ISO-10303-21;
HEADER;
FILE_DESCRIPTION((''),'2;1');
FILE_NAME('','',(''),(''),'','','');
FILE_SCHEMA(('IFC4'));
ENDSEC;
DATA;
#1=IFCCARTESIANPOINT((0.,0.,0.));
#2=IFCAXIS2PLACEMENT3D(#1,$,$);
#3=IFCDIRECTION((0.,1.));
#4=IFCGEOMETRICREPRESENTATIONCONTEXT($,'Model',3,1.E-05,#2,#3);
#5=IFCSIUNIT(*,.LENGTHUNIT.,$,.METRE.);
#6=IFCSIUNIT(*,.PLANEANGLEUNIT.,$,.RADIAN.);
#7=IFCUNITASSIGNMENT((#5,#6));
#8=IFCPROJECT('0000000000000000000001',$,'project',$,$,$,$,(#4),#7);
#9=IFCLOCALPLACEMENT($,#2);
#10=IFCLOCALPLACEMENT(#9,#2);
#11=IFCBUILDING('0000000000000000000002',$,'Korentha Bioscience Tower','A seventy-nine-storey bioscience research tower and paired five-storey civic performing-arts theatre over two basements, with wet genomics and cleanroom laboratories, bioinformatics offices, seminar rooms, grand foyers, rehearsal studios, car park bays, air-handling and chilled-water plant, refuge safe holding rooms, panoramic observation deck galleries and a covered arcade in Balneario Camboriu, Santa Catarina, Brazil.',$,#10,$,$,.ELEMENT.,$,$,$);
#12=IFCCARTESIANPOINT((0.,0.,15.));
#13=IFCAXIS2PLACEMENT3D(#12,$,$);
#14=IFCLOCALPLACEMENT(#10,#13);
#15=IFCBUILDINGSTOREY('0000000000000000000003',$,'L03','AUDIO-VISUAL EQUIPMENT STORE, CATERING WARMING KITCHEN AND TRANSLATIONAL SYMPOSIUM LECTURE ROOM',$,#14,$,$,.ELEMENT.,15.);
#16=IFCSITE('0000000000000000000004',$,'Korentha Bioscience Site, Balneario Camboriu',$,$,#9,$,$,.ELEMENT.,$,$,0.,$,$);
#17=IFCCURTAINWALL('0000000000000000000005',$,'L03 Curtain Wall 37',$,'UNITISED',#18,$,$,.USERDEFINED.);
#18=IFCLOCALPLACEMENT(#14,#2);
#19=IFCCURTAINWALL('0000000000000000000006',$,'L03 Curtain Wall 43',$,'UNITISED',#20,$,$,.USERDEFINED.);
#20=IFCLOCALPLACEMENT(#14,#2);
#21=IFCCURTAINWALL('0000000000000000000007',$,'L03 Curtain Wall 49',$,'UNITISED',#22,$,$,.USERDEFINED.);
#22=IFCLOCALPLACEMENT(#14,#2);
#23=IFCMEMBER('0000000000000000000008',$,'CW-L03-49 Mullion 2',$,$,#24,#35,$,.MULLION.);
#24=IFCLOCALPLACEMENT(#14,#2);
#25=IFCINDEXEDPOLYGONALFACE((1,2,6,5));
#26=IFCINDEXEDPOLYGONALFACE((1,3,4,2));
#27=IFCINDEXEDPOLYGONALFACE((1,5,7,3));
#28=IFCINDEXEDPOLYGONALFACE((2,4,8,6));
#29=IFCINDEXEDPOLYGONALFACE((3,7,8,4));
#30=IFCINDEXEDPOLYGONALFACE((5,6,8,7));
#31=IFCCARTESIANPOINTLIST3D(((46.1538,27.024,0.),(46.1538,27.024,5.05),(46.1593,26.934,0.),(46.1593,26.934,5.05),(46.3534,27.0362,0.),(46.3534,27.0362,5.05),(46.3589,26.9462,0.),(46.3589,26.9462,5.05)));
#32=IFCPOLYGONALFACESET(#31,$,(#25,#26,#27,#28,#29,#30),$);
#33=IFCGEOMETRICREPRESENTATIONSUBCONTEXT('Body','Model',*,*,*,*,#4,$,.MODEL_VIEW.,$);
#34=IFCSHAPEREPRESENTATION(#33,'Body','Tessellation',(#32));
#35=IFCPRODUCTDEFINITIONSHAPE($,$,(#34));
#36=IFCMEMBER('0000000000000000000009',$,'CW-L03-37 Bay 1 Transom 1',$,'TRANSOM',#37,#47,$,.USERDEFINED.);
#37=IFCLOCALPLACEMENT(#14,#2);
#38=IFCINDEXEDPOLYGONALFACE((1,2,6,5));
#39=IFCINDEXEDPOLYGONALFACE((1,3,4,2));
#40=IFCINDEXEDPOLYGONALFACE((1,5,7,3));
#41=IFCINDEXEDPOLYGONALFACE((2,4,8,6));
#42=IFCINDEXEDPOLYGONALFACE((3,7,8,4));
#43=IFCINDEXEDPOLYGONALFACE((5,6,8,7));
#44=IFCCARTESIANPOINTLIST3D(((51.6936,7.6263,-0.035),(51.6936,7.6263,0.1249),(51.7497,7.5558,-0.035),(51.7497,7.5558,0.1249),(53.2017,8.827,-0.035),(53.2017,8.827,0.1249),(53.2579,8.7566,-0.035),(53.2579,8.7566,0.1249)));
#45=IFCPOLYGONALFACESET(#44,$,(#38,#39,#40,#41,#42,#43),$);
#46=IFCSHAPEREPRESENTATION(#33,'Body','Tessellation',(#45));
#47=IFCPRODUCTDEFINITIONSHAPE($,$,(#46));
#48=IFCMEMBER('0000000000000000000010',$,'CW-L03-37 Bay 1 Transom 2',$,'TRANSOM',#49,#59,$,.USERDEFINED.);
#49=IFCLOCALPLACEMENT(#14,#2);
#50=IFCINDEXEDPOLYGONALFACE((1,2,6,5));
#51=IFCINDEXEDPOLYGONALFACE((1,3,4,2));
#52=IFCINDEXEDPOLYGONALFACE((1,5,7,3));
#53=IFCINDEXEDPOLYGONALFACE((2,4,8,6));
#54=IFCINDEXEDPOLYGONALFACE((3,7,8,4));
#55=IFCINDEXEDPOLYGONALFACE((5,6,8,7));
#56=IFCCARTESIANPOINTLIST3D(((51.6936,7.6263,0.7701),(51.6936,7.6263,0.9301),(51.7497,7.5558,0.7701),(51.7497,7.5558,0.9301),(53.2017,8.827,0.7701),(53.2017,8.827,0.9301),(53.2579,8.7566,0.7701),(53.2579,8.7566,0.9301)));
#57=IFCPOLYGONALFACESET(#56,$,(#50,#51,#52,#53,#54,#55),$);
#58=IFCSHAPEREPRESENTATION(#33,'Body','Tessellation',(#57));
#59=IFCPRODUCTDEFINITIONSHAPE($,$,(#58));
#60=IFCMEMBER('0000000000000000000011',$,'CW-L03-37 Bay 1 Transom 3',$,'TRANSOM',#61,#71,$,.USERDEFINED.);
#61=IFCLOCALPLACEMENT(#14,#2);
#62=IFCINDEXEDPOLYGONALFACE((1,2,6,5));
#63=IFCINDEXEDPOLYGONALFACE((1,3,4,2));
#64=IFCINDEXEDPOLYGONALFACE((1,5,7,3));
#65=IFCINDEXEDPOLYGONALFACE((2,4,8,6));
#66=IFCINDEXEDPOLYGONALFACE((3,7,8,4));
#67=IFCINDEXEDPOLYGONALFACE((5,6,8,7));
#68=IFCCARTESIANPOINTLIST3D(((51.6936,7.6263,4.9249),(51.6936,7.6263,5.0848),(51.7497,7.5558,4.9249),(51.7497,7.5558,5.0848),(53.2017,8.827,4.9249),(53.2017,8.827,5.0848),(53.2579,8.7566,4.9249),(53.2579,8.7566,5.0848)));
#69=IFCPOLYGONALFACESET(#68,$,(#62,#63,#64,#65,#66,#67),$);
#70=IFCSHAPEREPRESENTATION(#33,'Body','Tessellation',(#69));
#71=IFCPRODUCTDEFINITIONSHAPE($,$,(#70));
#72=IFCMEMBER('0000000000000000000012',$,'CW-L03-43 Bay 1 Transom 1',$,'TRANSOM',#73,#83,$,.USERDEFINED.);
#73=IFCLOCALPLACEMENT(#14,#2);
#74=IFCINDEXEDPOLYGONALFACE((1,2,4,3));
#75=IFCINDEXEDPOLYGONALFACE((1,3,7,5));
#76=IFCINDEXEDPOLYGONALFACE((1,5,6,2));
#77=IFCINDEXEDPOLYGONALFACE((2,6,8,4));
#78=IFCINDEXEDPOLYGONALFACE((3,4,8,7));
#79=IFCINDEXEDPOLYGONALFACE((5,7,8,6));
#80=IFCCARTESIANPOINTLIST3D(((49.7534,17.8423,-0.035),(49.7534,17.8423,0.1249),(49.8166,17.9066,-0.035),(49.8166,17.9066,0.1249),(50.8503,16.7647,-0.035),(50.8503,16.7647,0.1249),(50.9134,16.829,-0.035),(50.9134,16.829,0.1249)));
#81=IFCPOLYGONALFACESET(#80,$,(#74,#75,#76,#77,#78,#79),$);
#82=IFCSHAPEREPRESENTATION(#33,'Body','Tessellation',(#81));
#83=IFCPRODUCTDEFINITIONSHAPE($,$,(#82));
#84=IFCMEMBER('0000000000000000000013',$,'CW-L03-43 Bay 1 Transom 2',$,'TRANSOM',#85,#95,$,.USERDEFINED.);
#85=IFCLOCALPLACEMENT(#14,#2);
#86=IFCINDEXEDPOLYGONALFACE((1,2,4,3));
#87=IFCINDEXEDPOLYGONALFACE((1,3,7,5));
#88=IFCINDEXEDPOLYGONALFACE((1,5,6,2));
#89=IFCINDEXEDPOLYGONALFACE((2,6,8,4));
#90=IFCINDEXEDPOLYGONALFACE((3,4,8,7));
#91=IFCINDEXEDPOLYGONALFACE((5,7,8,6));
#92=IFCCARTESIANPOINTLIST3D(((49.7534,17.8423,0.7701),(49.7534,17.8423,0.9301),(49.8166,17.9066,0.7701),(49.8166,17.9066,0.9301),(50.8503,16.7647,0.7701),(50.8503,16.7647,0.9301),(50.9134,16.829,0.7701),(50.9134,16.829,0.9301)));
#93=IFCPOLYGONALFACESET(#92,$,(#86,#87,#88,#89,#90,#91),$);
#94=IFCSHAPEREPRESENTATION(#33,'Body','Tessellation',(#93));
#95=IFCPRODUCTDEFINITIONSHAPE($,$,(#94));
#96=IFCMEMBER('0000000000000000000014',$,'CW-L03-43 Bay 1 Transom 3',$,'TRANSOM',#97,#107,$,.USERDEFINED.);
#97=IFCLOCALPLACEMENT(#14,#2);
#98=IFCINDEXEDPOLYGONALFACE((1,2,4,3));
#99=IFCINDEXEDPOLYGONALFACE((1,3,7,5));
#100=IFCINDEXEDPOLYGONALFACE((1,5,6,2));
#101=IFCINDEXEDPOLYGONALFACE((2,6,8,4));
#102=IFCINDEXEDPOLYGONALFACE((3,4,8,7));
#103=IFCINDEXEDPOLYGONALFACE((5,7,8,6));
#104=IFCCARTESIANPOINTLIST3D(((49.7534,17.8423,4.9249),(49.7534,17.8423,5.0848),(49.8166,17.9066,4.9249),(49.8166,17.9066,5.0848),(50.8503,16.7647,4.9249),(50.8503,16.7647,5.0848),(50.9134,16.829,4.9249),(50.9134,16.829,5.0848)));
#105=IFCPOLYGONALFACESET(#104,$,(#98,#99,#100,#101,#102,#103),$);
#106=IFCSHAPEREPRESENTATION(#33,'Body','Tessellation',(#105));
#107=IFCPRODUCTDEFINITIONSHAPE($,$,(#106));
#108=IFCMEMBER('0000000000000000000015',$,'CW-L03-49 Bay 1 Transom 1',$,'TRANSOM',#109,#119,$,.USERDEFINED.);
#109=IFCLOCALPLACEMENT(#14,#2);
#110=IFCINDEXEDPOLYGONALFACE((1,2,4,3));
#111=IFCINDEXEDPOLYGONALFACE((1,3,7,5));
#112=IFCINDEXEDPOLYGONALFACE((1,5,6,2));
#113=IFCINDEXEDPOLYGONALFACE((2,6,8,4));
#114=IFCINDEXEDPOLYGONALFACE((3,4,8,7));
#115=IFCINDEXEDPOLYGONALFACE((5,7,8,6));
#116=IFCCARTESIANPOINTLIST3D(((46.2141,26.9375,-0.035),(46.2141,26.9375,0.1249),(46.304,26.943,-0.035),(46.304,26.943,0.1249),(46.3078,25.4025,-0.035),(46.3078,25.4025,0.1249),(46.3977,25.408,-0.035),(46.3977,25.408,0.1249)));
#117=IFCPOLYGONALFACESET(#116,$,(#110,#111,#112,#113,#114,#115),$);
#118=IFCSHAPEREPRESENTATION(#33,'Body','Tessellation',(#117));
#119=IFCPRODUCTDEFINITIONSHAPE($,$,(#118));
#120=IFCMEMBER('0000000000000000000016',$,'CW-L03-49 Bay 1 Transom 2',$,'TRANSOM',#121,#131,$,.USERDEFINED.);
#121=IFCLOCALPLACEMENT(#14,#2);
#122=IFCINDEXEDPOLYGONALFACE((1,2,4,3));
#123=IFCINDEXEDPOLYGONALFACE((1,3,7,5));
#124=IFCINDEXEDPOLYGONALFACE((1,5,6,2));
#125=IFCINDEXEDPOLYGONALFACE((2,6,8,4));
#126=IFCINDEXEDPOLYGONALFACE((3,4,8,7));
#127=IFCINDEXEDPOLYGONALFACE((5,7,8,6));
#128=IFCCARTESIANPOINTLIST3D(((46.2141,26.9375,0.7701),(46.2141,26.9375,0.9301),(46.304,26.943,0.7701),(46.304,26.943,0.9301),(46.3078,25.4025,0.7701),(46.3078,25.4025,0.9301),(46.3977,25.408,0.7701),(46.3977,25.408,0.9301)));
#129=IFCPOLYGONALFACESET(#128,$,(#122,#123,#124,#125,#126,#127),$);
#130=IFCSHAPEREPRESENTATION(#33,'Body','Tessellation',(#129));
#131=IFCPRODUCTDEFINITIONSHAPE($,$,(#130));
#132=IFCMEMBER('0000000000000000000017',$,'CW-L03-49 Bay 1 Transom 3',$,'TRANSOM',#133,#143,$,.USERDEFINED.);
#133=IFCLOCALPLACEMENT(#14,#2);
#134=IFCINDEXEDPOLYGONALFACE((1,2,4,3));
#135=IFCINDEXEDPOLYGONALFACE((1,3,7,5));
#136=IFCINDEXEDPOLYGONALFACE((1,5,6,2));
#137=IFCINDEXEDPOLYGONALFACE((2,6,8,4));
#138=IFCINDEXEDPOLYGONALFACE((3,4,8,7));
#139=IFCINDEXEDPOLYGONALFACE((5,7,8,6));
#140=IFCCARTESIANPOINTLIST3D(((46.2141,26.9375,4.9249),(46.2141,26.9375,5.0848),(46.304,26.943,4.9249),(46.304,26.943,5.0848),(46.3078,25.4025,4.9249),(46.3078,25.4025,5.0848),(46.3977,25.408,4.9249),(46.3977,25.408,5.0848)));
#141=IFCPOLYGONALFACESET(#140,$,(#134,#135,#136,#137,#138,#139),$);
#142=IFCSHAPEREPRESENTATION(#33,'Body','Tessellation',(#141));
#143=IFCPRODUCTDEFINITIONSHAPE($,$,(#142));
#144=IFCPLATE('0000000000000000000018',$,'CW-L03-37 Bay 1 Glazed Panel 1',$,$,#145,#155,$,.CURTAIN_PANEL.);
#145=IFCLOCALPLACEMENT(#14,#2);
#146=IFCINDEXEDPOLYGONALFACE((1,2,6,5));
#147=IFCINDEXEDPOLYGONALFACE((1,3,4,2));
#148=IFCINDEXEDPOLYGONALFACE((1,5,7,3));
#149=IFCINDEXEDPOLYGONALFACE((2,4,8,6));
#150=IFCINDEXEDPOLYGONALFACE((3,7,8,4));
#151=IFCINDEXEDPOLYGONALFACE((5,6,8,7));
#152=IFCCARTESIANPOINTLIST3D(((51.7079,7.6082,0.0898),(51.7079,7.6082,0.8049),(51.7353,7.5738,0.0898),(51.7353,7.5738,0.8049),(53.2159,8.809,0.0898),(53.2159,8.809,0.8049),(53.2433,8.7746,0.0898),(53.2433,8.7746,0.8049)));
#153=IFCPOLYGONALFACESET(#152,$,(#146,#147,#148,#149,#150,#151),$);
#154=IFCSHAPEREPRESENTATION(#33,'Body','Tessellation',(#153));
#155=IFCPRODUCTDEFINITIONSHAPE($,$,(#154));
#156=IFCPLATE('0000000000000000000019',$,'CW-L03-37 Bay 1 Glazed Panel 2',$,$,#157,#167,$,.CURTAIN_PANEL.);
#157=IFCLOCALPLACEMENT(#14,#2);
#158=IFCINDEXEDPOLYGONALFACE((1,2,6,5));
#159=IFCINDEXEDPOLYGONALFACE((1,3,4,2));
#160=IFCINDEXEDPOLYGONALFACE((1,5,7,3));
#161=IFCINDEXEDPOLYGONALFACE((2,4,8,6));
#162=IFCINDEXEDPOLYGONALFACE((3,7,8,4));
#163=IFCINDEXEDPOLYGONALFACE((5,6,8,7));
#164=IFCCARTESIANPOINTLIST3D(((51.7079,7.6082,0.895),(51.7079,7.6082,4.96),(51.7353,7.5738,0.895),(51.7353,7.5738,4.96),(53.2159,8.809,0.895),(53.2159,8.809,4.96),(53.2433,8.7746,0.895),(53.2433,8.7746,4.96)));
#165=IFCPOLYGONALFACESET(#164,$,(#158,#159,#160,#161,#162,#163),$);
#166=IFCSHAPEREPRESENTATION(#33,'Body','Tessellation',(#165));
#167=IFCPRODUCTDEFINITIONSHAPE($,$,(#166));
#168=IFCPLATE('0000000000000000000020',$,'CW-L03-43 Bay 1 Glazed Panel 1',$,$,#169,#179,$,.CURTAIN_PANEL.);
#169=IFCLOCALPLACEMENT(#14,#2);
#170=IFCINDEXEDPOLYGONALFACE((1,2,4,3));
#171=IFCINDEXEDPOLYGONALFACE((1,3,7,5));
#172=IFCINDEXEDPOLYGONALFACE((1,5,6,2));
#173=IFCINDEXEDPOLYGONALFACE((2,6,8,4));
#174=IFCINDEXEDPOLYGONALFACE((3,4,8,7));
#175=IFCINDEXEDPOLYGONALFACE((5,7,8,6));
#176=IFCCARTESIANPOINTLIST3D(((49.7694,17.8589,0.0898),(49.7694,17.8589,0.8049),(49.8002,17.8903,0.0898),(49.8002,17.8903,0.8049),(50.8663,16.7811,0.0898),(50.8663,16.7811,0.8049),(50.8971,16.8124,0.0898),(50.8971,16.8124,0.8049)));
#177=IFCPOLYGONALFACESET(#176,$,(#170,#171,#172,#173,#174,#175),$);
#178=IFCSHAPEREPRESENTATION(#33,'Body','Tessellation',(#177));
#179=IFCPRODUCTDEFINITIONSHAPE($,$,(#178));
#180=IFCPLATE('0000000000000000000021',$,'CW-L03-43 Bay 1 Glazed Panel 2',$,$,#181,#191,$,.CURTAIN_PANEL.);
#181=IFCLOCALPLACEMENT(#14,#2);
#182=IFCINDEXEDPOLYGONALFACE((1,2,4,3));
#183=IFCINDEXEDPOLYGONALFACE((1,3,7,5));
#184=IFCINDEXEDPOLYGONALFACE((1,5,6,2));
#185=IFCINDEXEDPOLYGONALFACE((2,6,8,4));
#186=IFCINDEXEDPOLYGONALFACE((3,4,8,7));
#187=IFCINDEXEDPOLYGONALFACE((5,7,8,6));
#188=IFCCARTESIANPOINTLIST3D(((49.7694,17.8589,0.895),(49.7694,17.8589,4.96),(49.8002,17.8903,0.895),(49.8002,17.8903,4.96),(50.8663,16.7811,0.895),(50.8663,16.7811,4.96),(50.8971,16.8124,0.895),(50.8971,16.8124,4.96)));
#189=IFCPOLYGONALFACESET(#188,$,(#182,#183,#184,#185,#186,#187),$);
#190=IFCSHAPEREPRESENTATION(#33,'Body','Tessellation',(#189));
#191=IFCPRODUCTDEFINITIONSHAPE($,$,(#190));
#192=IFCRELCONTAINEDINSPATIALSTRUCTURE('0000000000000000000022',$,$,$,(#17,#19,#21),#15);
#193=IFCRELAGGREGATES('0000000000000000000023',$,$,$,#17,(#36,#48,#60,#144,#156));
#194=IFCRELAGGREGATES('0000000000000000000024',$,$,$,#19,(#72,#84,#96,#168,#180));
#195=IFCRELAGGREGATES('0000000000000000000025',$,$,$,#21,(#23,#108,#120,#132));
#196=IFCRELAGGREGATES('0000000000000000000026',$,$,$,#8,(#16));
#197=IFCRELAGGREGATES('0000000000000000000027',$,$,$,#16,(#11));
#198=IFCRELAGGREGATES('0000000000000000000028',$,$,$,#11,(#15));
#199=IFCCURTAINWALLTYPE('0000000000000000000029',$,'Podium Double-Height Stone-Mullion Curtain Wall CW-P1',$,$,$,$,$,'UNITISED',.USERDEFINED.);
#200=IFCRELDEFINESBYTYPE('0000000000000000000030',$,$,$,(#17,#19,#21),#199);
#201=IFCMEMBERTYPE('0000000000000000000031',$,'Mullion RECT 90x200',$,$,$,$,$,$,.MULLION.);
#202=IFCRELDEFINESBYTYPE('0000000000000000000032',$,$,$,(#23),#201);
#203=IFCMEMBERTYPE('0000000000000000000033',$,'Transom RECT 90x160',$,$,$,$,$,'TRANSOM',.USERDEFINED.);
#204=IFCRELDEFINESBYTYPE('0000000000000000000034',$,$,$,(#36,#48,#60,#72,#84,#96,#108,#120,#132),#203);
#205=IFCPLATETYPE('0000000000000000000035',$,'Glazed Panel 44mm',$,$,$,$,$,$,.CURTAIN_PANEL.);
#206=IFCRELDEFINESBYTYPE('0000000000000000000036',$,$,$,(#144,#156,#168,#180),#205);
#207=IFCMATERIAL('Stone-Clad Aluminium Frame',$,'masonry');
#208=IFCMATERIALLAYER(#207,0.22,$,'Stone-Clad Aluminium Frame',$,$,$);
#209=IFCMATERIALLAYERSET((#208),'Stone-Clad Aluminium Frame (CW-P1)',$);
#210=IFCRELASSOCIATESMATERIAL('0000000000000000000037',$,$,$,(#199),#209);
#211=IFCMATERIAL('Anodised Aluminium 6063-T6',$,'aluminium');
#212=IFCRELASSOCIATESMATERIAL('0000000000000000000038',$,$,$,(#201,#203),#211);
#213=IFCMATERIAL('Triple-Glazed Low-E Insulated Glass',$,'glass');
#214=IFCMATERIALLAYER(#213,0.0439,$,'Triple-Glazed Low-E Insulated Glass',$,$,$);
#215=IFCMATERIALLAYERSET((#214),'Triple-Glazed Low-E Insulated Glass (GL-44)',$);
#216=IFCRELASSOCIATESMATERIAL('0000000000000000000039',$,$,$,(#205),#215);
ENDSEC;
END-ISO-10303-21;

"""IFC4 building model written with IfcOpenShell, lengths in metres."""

from ifc_helpers import new_model, si_unit, direction, frame, origin, origin_2d, place, context, subcontext, project, spatial, rectangle, extrude, material, layer, layer_set, material_profile, profile_set, type_object, element, aggregate, save


model = new_model("IFC4")

# Units and contexts
model_context = context("Model", 3, precision=1e-05, world=origin(), true_north=direction((0.0, 1.0)))
body_context = subcontext(model_context, "Body", "Model", "MODEL_VIEW")
ifc_project = project(units=[si_unit("LENGTHUNIT", "METRE"), si_unit("PLANEANGLEUNIT", "RADIAN")], contexts=[model_context])

# Site, building, storey
site_placement = place(None, origin())
site = spatial("IfcSite", under=ifc_project, at=site_placement, Name="Korentha Bioscience Site, Balneario Camboriu", CompositionType="ELEMENT", RefElevation=0.0)
building_placement = place(site_placement, origin())
building = spatial("IfcBuilding", under=site, at=building_placement, Name="Korentha Bioscience Tower", Description="A seventy-nine-storey bioscience research tower and paired five-storey civic performing-arts theatre over two basements, with wet genomics and cleanroom laboratories, bioinformatics offices, seminar rooms, grand foyers, rehearsal studios, car park bays, air-handling and chilled-water plant, refuge safe holding rooms, panoramic observation deck galleries and a covered arcade in Balneario Camboriu, Santa Catarina, Brazil.", CompositionType="ELEMENT")
storey_placement = place(building_placement, frame((0.0, 0.0, 15.0)))
storey = spatial("IfcBuildingStorey", under=building, at=storey_placement, Name="L03", Description="AUDIO-VISUAL EQUIPMENT STORE, CATERING WARMING KITCHEN AND TRANSLATIONAL SYMPOSIUM LECTURE ROOM", CompositionType="ELEMENT", Elevation=15.0)

# Curtain walls, member
ifc_material_1 = material(Name="Stone-Clad Aluminium Frame", Category="masonry")
ifc_layer_1 = layer(ifc_material_1, 0.22, Name="Stone-Clad Aluminium Frame")
ifc_layer_set_1 = layer_set([ifc_layer_1], Name="Stone-Clad Aluminium Frame (CW-P1)")
curtain_wall_type = type_object("IfcCurtainWallType", Name="Podium Double-Height Stone-Mullion Curtain Wall CW-P1", ElementType="UNITISED", PredefinedType="USERDEFINED", material=ifc_layer_set_1)
curtain_wall_1_placement = place(storey_placement, origin())
curtain_wall_1 = element("IfcCurtainWall", 1, at=curtain_wall_1_placement, inside=storey, type_object=curtain_wall_type, Name="L03 Curtain Wall 37", ObjectType="UNITISED", PredefinedType="USERDEFINED")
ifc_material_2 = material(Name="Anodised Aluminium 6063-T6", Category="aluminium")
ifc_material_profile_1 = material_profile(ifc_material_2, rectangle(XDim=0.0901, YDim=0.2, at=origin_2d()), Name="Anodised Aluminium 6063-T6")
ifc_profile_set_1 = profile_set([ifc_material_profile_1], Name="Anodised Aluminium 6063-T6 (CW-MUL)")
member_type_1 = type_object("IfcMemberType", Name="Mullion RECT 90x200", PredefinedType="MULLION", material=ifc_profile_set_1)
curtain_wall_2_placement = place(storey_placement, origin())
curtain_wall_2 = element("IfcCurtainWall", 2, at=curtain_wall_2_placement, inside=storey, type_object=curtain_wall_type, Name="L03 Curtain Wall 43", ObjectType="UNITISED", PredefinedType="USERDEFINED")
curtain_wall_3_placement = place(storey_placement, origin())
curtain_wall_3 = element("IfcCurtainWall", 3, at=curtain_wall_3_placement, inside=storey, type_object=curtain_wall_type, Name="L03 Curtain Wall 49", ObjectType="UNITISED", PredefinedType="USERDEFINED")
member_1_placement = place(storey_placement, frame((46.2563, 26.9851, 0.0), z_axis=(0.0, 0.0, 1.0), x_axis=(-0.061008, 0.998137, 0.0)))
member_1 = element("IfcMember", 4, at=member_1_placement, type_object=member_type_1, Name="CW-L03-49 Mullion 2", PredefinedType="MULLION", context=body_context, shape_type="SweptSolid", body=[
    extrude(rectangle(XDim=0.0901, YDim=0.2, at=origin_2d()), origin(), (0.0, 0.0, 1.0), 5.05),
])

# Members
ifc_material_profile_2 = material_profile(ifc_material_2, rectangle(XDim=0.0901, YDim=0.1599, at=origin_2d()), Name="Anodised Aluminium 6063-T6")
ifc_profile_set_2 = profile_set([ifc_material_profile_2], Name="Anodised Aluminium 6063-T6 (CW-TRN)")
member_type_2 = type_object("IfcMemberType", Name="Transom RECT 90x160", ElementType="TRANSOM", PredefinedType="USERDEFINED", material=ifc_profile_set_2)
member_2_placement = place(storey_placement, frame((51.7217, 7.5911, 0.0449), z_axis=(0.782325, 0.622871, 0.0), x_axis=(-0.622871, 0.782325, 0.0)))
member_2 = element("IfcMember", 5, at=member_2_placement, type_object=member_type_2, Name="CW-L03-37 Bay 1 Transom 1", ObjectType="TRANSOM", PredefinedType="USERDEFINED", context=body_context, shape_type="SweptSolid", body=[
    extrude(rectangle(XDim=0.0901, YDim=0.1599, at=origin_2d()), origin(), (0.0, 0.0, 1.0), 1.9277),
])
member_3_placement = place(storey_placement, frame((51.7217, 7.5911, 0.8501), z_axis=(0.782325, 0.622871, 0.0), x_axis=(-0.622871, 0.782325, 0.0)))
member_3 = element("IfcMember", 6, at=member_3_placement, type_object=member_type_2, Name="CW-L03-37 Bay 1 Transom 2", ObjectType="TRANSOM", PredefinedType="USERDEFINED", context=body_context, shape_type="SweptSolid", body=[
    extrude(rectangle(XDim=0.0901, YDim=0.1599, at=origin_2d()), origin(), (0.0, 0.0, 1.0), 1.9277),
])
member_4_placement = place(storey_placement, frame((51.7217, 7.5911, 5.0049), z_axis=(0.782325, 0.622871, 0.0), x_axis=(-0.622871, 0.782325, 0.0)))
member_4 = element("IfcMember", 7, at=member_4_placement, type_object=member_type_2, Name="CW-L03-37 Bay 1 Transom 3", ObjectType="TRANSOM", PredefinedType="USERDEFINED", context=body_context, shape_type="SweptSolid", body=[
    extrude(rectangle(XDim=0.0901, YDim=0.1599, at=origin_2d()), origin(), (0.0, 0.0, 1.0), 1.9277),
])
member_5_placement = place(storey_placement, frame((50.8818, 16.7969, 0.0449), z_axis=(-0.71335, 0.700808, 0.0), x_axis=(-0.700808, -0.71335, 0.0)))
member_5 = element("IfcMember", 8, at=member_5_placement, type_object=member_type_2, Name="CW-L03-43 Bay 1 Transom 1", ObjectType="TRANSOM", PredefinedType="USERDEFINED", context=body_context, shape_type="SweptSolid", body=[
    extrude(rectangle(XDim=0.0901, YDim=0.1599, at=origin_2d()), origin(), (0.0, 0.0, 1.0), 1.5376),
])
member_6_placement = place(storey_placement, frame((50.8818, 16.7969, 0.8501), z_axis=(-0.71335, 0.700808, 0.0), x_axis=(-0.700808, -0.71335, 0.0)))
member_6 = element("IfcMember", 9, at=member_6_placement, type_object=member_type_2, Name="CW-L03-43 Bay 1 Transom 2", ObjectType="TRANSOM", PredefinedType="USERDEFINED", context=body_context, shape_type="SweptSolid", body=[
    extrude(rectangle(XDim=0.0901, YDim=0.1599, at=origin_2d()), origin(), (0.0, 0.0, 1.0), 1.5376),
])
member_7_placement = place(storey_placement, frame((50.8818, 16.7969, 5.0049), z_axis=(-0.71335, 0.700808, 0.0), x_axis=(-0.700808, -0.71335, 0.0)))
member_7 = element("IfcMember", 10, at=member_7_placement, type_object=member_type_2, Name="CW-L03-43 Bay 1 Transom 3", ObjectType="TRANSOM", PredefinedType="USERDEFINED", context=body_context, shape_type="SweptSolid", body=[
    extrude(rectangle(XDim=0.0901, YDim=0.1599, at=origin_2d()), origin(), (0.0, 0.0, 1.0), 1.5376),
])
member_8_placement = place(storey_placement, frame((46.3528, 25.4053, 0.0449), z_axis=(-0.060965, 0.99814, 0.0), x_axis=(-0.99814, -0.060965, 0.0)))
member_8 = element("IfcMember", 11, at=member_8_placement, type_object=member_type_2, Name="CW-L03-49 Bay 1 Transom 1", ObjectType="TRANSOM", PredefinedType="USERDEFINED", context=body_context, shape_type="SweptSolid", body=[
    extrude(rectangle(XDim=0.0901, YDim=0.1599, at=origin_2d()), origin(), (0.0, 0.0, 1.0), 1.5378),
])
member_9_placement = place(storey_placement, frame((46.3528, 25.4053, 0.8501), z_axis=(-0.060965, 0.99814, 0.0), x_axis=(-0.99814, -0.060965, 0.0)))
member_9 = element("IfcMember", 12, at=member_9_placement, type_object=member_type_2, Name="CW-L03-49 Bay 1 Transom 2", ObjectType="TRANSOM", PredefinedType="USERDEFINED", context=body_context, shape_type="SweptSolid", body=[
    extrude(rectangle(XDim=0.0901, YDim=0.1599, at=origin_2d()), origin(), (0.0, 0.0, 1.0), 1.5378),
])
member_10_placement = place(storey_placement, frame((46.3528, 25.4053, 5.0049), z_axis=(-0.060965, 0.99814, 0.0), x_axis=(-0.99814, -0.060965, 0.0)))
member_10 = element("IfcMember", 13, at=member_10_placement, type_object=member_type_2, Name="CW-L03-49 Bay 1 Transom 3", ObjectType="TRANSOM", PredefinedType="USERDEFINED", context=body_context, shape_type="SweptSolid", body=[
    extrude(rectangle(XDim=0.0901, YDim=0.1599, at=origin_2d()), origin(), (0.0, 0.0, 1.0), 1.5378),
])

# Plates
ifc_material_3 = material(Name="Triple-Glazed Low-E Insulated Glass", Category="glass")
ifc_layer_2 = layer(ifc_material_3, 0.0439, Name="Triple-Glazed Low-E Insulated Glass")
ifc_layer_set_2 = layer_set([ifc_layer_2], Name="Triple-Glazed Low-E Insulated Glass (GL-44)")
plate_type = type_object("IfcPlateType", Name="Glazed Panel 44mm", PredefinedType="CURTAIN_PANEL", material=ifc_layer_set_2)
plate_1_placement = place(storey_placement, frame((52.4756, 8.1914, 0.0898), z_axis=(0.0, 0.0, 1.0), x_axis=(0.782288, 0.622917, 0.0)))
plate_1 = element("IfcPlate", 14, at=plate_1_placement, type_object=plate_type, Name="CW-L03-37 Bay 1 Glazed Panel 1", PredefinedType="CURTAIN_PANEL", context=body_context, shape_type="SweptSolid", body=[
    extrude(rectangle(XDim=1.9277, YDim=0.0439, at=origin_2d()), origin(), (0.0, 0.0, 1.0), 0.7151),
])
plate_2_placement = place(storey_placement, frame((52.4756, 8.1914, 0.895), z_axis=(0.0, 0.0, 1.0), x_axis=(0.782288, 0.622917, 0.0)))
plate_2 = element("IfcPlate", 15, at=plate_2_placement, type_object=plate_type, Name="CW-L03-37 Bay 1 Glazed Panel 2", PredefinedType="CURTAIN_PANEL", context=body_context, shape_type="SweptSolid", body=[
    extrude(rectangle(XDim=1.9277, YDim=0.0439, at=origin_2d()), origin(), (0.0, 0.0, 1.0), 4.0649),
])
aggregate(curtain_wall_1, [member_2, member_3, member_4, plate_1, plate_2])
plate_3_placement = place(storey_placement, frame((50.3333, 17.3357, 0.0898), z_axis=(0.0, 0.0, 1.0), x_axis=(-0.713279, 0.70088, 0.0)))
plate_3 = element("IfcPlate", 16, at=plate_3_placement, type_object=plate_type, Name="CW-L03-43 Bay 1 Glazed Panel 1", PredefinedType="CURTAIN_PANEL", context=body_context, shape_type="SweptSolid", body=[
    extrude(rectangle(XDim=1.5378, YDim=0.0439, at=origin_2d()), origin(), (0.0, 0.0, 1.0), 0.7151),
])
plate_4_placement = place(storey_placement, frame((50.3333, 17.3357, 0.895), z_axis=(0.0, 0.0, 1.0), x_axis=(-0.713279, 0.70088, 0.0)))
plate_4 = element("IfcPlate", 17, at=plate_4_placement, type_object=plate_type, Name="CW-L03-43 Bay 1 Glazed Panel 2", PredefinedType="CURTAIN_PANEL", context=body_context, shape_type="SweptSolid", body=[
    extrude(rectangle(XDim=1.5378, YDim=0.0439, at=origin_2d()), origin(), (0.0, 0.0, 1.0), 4.0649),
])
aggregate(curtain_wall_2, [member_5, member_6, member_7, plate_3, plate_4])
aggregate(curtain_wall_3, [member_1, member_8, member_9, member_10])

save(model, "model.ifc")
